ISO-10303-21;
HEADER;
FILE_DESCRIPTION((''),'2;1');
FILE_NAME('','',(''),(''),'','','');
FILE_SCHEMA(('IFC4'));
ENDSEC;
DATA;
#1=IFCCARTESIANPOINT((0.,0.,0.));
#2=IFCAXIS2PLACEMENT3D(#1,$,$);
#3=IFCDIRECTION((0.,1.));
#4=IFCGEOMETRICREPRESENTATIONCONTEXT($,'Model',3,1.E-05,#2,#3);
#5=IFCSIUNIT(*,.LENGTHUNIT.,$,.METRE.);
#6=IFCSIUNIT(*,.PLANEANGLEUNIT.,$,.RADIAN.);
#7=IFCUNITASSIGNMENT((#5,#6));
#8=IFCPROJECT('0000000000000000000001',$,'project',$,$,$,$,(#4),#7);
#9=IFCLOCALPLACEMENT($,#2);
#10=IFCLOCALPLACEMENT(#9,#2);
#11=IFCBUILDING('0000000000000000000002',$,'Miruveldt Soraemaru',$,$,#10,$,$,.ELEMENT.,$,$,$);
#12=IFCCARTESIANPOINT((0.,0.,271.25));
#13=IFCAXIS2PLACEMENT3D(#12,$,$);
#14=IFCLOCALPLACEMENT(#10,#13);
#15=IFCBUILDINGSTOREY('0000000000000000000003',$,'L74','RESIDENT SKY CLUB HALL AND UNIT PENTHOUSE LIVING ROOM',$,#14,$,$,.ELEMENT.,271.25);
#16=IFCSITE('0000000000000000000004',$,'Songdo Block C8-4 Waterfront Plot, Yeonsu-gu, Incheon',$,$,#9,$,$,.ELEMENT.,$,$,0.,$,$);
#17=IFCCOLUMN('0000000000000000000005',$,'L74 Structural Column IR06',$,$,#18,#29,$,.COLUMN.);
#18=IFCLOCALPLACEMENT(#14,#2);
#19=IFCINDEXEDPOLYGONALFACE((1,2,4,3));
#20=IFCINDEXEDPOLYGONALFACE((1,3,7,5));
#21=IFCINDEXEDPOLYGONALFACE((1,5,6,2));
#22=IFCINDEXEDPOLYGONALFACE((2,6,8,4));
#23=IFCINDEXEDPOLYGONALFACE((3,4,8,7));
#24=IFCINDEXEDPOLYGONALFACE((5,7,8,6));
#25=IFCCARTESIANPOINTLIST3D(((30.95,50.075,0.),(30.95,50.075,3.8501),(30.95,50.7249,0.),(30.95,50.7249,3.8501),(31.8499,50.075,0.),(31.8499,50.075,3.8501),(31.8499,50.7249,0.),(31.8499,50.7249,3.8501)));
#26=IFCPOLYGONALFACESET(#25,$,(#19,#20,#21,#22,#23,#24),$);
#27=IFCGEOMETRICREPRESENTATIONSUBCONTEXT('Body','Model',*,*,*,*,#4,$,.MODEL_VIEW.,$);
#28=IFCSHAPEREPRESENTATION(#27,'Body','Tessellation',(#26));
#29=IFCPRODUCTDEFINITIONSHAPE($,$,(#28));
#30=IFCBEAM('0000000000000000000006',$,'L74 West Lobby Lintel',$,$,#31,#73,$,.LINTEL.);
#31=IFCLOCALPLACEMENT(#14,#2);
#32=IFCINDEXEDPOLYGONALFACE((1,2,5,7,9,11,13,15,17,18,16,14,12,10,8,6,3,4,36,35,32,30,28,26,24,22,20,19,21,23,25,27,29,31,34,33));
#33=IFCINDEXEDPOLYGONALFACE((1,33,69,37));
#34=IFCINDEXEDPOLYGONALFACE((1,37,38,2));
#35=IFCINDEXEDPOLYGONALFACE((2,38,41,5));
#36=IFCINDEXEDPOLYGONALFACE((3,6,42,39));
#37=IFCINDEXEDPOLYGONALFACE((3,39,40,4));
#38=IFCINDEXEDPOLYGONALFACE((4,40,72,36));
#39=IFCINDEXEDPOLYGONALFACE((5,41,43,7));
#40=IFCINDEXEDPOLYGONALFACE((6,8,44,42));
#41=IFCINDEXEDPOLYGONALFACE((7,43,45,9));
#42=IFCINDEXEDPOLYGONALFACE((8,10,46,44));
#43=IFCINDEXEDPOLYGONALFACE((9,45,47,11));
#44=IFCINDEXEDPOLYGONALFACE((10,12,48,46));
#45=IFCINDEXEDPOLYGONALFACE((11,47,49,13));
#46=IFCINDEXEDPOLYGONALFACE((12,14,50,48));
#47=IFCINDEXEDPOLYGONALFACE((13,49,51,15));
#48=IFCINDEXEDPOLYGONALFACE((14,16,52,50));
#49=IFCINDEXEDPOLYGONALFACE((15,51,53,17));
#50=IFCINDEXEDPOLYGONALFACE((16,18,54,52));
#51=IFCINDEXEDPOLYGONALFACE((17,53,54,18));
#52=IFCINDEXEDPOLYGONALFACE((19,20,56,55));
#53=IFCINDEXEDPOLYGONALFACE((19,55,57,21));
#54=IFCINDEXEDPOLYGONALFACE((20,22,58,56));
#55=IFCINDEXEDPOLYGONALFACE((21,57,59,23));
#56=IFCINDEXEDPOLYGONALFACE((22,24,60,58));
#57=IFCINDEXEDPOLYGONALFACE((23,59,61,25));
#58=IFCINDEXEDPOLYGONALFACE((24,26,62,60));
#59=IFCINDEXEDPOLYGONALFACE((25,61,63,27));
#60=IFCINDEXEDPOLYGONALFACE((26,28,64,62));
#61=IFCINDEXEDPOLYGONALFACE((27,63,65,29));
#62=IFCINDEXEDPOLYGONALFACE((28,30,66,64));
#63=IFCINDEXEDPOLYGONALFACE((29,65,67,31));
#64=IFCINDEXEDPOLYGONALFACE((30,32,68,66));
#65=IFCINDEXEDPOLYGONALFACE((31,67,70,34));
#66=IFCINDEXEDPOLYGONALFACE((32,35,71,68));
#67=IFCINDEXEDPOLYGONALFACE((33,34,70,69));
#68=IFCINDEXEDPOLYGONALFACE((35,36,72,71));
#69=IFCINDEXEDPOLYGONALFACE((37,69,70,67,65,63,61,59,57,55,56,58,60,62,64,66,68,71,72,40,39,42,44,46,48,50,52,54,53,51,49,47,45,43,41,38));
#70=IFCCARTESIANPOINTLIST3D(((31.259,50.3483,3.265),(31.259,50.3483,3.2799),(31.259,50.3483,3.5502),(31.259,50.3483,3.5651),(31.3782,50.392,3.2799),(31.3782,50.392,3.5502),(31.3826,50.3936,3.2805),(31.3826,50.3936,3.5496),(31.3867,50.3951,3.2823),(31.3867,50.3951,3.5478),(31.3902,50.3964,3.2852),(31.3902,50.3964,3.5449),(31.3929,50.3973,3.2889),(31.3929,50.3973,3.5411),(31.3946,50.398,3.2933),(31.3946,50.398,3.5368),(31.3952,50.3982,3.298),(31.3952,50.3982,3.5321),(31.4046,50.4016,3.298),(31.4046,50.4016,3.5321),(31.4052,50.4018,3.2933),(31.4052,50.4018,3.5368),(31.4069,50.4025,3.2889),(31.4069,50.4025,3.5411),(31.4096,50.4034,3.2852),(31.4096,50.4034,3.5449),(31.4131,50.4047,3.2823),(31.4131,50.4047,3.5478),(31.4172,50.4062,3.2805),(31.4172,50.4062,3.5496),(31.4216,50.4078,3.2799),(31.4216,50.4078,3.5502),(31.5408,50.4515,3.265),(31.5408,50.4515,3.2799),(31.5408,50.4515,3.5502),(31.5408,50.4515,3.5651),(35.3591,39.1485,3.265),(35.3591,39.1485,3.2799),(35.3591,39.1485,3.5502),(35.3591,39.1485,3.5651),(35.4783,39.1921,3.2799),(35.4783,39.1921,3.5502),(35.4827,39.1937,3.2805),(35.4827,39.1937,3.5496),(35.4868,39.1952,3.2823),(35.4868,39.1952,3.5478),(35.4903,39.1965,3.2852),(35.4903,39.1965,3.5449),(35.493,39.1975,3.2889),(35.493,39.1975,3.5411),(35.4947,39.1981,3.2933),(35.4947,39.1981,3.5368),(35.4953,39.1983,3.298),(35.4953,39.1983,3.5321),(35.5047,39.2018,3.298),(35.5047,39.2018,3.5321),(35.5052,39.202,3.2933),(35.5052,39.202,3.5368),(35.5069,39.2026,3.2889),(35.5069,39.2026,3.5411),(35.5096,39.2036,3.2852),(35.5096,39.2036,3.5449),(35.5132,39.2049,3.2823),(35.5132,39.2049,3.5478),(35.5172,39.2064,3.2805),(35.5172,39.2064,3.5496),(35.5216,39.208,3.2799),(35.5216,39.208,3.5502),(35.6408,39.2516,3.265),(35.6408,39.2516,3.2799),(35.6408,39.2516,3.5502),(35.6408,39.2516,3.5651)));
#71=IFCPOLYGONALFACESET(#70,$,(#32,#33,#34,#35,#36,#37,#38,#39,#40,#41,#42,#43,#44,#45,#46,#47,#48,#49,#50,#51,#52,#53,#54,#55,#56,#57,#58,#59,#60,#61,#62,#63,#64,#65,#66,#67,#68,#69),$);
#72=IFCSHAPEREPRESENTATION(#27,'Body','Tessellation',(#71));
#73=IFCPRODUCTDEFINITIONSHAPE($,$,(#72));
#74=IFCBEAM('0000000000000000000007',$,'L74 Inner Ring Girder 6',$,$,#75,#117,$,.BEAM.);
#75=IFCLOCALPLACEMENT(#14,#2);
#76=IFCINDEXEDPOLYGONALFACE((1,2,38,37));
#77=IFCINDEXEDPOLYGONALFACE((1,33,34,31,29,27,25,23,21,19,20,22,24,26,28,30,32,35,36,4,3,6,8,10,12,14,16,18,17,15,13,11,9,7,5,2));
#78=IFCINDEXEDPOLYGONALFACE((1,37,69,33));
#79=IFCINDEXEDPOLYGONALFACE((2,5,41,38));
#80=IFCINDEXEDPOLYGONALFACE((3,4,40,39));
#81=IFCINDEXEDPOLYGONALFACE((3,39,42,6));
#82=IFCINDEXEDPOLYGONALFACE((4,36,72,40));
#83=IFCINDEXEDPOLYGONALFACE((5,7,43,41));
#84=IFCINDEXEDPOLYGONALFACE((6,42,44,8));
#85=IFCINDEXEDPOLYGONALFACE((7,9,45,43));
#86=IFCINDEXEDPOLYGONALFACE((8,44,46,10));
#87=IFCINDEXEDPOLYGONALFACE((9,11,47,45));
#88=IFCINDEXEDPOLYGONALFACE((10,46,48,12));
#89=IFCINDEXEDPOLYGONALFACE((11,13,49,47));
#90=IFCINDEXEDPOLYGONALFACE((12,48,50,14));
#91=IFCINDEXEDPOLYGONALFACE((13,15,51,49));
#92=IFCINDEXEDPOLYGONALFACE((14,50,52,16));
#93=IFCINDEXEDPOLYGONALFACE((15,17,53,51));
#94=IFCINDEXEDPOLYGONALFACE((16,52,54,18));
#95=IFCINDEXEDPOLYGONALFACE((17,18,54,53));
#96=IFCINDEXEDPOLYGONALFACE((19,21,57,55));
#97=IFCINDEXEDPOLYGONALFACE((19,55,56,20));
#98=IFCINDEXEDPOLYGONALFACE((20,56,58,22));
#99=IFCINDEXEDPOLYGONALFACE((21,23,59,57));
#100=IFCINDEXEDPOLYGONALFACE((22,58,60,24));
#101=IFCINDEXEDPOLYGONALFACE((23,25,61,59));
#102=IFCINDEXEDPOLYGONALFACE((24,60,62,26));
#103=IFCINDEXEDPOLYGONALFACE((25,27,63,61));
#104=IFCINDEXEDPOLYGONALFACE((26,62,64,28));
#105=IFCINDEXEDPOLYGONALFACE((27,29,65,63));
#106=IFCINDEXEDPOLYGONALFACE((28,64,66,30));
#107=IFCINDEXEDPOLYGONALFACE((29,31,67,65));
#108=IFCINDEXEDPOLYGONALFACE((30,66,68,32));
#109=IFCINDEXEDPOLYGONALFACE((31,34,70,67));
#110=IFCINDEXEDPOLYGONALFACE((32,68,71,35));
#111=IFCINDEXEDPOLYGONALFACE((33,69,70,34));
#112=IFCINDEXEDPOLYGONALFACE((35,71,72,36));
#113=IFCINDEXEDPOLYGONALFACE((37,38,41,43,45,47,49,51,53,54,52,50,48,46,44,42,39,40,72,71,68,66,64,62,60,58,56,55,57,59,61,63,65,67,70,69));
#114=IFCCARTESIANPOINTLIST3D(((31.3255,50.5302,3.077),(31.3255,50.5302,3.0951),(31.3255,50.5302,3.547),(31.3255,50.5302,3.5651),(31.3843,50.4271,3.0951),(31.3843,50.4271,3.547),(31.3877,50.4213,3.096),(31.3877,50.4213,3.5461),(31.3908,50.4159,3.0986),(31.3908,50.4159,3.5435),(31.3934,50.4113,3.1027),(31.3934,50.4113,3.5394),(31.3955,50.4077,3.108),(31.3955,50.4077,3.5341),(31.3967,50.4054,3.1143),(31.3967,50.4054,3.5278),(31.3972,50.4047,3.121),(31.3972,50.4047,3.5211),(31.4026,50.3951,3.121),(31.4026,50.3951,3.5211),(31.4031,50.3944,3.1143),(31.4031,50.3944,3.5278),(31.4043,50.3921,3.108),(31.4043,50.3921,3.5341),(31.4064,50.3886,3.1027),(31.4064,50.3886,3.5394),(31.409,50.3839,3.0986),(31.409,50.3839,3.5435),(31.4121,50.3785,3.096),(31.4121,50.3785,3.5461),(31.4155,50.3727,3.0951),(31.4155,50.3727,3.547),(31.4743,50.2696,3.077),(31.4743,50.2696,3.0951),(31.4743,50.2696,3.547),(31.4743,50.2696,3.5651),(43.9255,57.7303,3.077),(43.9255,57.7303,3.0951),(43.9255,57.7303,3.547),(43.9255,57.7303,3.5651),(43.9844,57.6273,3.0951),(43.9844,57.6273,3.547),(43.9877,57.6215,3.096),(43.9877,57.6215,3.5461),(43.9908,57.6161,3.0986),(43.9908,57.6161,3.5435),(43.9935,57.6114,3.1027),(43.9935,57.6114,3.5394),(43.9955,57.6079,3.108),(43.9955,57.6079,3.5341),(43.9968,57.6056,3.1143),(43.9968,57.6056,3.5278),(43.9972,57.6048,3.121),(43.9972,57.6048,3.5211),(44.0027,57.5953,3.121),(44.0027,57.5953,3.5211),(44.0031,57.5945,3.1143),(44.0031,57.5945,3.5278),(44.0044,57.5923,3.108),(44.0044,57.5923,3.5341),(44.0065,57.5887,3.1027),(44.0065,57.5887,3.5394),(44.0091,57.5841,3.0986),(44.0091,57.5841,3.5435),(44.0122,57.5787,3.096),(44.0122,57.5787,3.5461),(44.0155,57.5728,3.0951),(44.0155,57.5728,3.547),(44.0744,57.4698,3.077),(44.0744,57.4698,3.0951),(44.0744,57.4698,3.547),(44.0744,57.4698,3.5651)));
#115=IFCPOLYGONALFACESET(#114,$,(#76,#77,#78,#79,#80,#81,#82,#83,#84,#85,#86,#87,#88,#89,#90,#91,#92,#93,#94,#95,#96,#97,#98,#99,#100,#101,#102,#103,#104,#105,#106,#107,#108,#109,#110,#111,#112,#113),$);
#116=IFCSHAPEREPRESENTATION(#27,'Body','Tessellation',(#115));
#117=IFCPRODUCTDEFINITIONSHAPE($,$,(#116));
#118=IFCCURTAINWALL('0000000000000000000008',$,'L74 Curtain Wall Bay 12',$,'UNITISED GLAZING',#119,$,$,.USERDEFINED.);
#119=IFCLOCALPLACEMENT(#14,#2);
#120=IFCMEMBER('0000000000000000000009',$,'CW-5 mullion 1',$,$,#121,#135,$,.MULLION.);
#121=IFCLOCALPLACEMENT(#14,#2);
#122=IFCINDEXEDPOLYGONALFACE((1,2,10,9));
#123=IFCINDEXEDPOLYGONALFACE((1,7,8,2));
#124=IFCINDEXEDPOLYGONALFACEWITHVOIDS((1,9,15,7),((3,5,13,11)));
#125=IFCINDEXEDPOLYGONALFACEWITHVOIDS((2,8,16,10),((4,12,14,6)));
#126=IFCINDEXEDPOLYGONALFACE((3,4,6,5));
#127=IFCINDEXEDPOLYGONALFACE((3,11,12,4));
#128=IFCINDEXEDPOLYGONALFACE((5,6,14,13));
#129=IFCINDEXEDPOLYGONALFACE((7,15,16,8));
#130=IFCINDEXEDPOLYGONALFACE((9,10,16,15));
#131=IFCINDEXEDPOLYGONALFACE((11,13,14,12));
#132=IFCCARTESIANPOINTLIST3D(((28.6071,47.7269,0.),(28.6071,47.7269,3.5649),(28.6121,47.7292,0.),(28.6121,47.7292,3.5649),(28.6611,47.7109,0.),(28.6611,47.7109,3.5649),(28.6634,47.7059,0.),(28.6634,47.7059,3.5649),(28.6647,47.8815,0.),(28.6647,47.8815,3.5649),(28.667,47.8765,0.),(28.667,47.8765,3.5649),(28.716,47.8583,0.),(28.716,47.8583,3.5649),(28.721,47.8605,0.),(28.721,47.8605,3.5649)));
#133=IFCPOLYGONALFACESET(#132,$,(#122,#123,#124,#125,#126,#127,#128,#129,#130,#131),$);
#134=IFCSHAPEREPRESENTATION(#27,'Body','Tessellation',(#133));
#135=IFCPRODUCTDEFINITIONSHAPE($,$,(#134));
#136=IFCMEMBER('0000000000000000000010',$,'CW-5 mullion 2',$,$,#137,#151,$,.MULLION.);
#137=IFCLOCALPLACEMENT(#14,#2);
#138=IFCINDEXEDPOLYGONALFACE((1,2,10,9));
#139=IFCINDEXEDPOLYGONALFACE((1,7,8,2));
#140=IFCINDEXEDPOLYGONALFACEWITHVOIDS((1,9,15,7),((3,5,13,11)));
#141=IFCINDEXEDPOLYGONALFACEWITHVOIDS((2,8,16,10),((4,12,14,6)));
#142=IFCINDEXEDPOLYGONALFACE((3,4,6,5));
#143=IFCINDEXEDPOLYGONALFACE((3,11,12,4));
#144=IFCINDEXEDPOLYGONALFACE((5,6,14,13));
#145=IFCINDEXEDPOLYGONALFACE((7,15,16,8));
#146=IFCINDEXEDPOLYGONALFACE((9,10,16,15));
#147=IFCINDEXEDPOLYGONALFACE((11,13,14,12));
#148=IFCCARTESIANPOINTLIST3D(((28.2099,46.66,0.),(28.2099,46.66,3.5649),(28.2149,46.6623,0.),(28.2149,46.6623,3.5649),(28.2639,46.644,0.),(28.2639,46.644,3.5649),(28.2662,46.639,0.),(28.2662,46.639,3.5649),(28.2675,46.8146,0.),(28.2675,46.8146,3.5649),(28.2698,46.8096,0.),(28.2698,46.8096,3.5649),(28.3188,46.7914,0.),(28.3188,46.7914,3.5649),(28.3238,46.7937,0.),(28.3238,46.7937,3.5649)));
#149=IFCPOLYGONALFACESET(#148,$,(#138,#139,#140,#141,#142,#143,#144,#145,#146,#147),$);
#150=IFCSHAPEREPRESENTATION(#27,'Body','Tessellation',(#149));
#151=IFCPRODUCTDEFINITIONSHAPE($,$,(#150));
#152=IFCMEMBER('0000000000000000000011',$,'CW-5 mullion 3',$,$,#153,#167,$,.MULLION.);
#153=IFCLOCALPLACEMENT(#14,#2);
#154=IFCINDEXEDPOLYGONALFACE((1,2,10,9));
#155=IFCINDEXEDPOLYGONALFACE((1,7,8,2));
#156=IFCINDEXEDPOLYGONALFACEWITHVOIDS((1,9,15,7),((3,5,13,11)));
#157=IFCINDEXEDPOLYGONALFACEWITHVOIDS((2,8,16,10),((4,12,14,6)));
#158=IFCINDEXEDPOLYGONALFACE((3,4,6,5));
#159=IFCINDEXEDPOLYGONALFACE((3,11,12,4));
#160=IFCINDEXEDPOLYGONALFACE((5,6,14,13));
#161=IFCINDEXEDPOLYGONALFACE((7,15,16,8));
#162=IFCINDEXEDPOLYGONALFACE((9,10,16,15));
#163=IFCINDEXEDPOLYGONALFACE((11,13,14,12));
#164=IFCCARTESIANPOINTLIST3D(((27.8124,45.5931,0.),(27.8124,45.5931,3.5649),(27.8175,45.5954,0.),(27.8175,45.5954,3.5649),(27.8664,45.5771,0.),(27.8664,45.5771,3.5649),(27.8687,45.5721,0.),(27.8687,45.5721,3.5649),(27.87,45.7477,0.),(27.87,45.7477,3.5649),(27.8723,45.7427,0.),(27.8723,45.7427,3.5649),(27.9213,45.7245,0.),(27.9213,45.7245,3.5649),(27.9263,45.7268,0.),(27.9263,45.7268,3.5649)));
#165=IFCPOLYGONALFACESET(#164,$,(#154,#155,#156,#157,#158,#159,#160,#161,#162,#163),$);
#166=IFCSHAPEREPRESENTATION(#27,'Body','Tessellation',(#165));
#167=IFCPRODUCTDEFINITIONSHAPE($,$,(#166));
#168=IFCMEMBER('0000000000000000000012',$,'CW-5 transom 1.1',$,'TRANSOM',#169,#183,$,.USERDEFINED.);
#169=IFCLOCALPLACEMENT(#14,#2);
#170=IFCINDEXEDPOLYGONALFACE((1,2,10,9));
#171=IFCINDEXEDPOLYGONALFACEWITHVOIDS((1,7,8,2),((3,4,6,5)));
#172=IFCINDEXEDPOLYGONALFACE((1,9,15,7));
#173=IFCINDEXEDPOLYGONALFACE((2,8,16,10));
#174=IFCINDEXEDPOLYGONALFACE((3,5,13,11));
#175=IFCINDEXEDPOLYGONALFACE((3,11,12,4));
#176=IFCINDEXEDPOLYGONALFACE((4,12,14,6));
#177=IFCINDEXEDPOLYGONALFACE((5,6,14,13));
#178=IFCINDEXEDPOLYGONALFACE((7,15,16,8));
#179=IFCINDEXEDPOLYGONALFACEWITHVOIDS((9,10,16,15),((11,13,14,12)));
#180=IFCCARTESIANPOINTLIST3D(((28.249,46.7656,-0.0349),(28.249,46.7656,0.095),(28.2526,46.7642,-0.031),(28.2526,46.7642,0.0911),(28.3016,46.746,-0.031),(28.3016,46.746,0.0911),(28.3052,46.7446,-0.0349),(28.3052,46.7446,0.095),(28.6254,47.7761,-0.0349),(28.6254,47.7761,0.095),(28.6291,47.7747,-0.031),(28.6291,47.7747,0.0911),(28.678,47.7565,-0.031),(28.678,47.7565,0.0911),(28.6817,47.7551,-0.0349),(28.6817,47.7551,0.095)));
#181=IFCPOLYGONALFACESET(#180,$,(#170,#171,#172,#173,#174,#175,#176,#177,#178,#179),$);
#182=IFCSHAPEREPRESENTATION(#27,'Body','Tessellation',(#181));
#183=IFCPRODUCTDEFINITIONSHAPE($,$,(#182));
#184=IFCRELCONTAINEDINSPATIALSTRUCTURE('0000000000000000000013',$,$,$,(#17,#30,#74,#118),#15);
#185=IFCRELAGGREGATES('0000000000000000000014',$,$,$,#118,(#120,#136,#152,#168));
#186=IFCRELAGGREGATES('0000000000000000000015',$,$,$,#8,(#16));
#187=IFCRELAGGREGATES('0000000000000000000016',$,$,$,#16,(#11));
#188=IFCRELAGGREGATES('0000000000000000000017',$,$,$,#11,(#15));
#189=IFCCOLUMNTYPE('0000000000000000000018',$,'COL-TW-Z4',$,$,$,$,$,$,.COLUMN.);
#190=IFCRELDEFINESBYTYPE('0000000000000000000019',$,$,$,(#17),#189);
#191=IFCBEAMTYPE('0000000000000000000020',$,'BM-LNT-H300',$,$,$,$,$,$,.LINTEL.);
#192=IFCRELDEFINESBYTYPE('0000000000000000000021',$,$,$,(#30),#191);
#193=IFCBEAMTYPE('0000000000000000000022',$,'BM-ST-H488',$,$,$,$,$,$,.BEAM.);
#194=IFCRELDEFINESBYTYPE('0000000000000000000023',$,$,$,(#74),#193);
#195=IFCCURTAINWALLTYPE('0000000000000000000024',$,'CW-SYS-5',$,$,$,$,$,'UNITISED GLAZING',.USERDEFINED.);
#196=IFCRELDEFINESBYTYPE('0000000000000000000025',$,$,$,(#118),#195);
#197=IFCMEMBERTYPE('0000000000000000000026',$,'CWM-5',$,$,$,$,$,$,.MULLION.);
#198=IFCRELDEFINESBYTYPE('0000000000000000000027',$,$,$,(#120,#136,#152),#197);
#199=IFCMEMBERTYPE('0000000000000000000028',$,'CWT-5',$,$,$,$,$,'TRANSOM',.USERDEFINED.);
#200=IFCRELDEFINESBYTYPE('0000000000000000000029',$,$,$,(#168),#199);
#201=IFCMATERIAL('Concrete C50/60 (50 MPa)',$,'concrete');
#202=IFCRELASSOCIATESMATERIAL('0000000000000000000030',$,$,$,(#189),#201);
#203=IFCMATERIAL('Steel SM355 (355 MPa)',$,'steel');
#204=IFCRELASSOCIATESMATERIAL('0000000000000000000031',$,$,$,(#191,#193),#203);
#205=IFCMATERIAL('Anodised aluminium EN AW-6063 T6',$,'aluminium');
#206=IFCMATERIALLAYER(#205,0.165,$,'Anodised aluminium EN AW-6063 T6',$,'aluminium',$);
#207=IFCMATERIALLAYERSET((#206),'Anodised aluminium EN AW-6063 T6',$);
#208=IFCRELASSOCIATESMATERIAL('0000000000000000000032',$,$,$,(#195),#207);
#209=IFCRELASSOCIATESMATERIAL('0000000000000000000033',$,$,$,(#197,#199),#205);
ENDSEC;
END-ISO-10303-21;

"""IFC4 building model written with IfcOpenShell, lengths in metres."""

from ifc_helpers import new_model, si_unit, direction, frame, origin, origin_2d, place, context, subcontext, project, spatial, rectangle, hollow_rectangle, i_section, extrude, material, layer, layer_set, material_profile, profile_set, type_object, element, aggregate, save


model = new_model("IFC4")

# Units and contexts
model_context = context("Model", 3, precision=1e-05, world=origin(), true_north=direction((0.0, 1.0)))
body_context = subcontext(model_context, "Body", "Model", "MODEL_VIEW")
ifc_project = project(units=[si_unit("LENGTHUNIT", "METRE"), si_unit("PLANEANGLEUNIT", "RADIAN")], contexts=[model_context])

# Site, building, storey
site_placement = place(None, origin())
site = spatial("IfcSite", under=ifc_project, at=site_placement, Name="Songdo Block C8-4 Waterfront Plot, Yeonsu-gu, Incheon", CompositionType="ELEMENT", RefElevation=0.0)
building_placement = place(site_placement, origin())
building = spatial("IfcBuilding", under=site, at=building_placement, Name="Miruveldt Soraemaru", CompositionType="ELEMENT")
storey_placement = place(building_placement, frame((0.0, 0.0, 271.25)))
storey = spatial("IfcBuildingStorey", under=building, at=storey_placement, Name="L74", Description="RESIDENT SKY CLUB HALL AND UNIT PENTHOUSE LIVING ROOM", CompositionType="ELEMENT", Elevation=271.25)

# Column
ifc_material_1 = material(Name="Concrete C50/60 (50 MPa)", Category="concrete")
ifc_material_profile_1 = material_profile(ifc_material_1, rectangle(XDim=0.8999, YDim=0.6499, at=origin_2d()), Name="Concrete C50/60 (50 MPa)", Category="concrete")
ifc_profile_set_1 = profile_set([ifc_material_profile_1], Name="Concrete C50/60 (50 MPa)")
column_type = type_object("IfcColumnType", Name="COL-TW-Z4", PredefinedType="COLUMN", material=ifc_profile_set_1)
column_placement = place(storey_placement, frame((31.3999, 50.3999, 0.0), z_axis=(0.0, 0.0, 1.0), x_axis=(1.0, 0.0, 0.0)))
element("IfcColumn", 1, at=column_placement, inside=storey, type_object=column_type, Name="L74 Structural Column IR06", PredefinedType="COLUMN", context=body_context, shape_type="SweptSolid", body=[
    extrude(rectangle(XDim=0.8999, YDim=0.6499, at=origin_2d()), origin(), (0.0, 0.0, 1.0), 3.8501),
])

# Beams
ifc_material_2 = material(Name="Steel SM355 (355 MPa)", Category="steel")
ifc_material_profile_2 = material_profile(ifc_material_2, i_section(OverallWidth=0.3, OverallDepth=0.3, WebThickness=0.01, FlangeThickness=0.0149, FilletRadius=0.0181, at=origin_2d()), Name="Steel SM355 (355 MPa)", Category="steel")
ifc_profile_set_2 = profile_set([ifc_material_profile_2], Name="Steel SM355 (355 MPa)")
beam_type_1 = type_object("IfcBeamType", Name="BM-LNT-H300", PredefinedType="LINTEL", material=ifc_profile_set_2)
beam_1_placement = place(storey_placement, frame((31.3999, 50.3999, 3.415), z_axis=(0.34377, -0.939054, 0.0), x_axis=(0.939054, 0.34377, 0.0)))
element("IfcBeam", 2, at=beam_1_placement, inside=storey, type_object=beam_type_1, Name="L74 West Lobby Lintel", PredefinedType="LINTEL", context=body_context, shape_type="SweptSolid", body=[
    extrude(i_section(OverallWidth=0.3, OverallDepth=0.3, WebThickness=0.01, FlangeThickness=0.0149, FilletRadius=0.0181, at=origin_2d()), origin(), (0.0, 0.0, 1.0), 11.9268),
])
ifc_material_profile_3 = material_profile(ifc_material_2, i_section(OverallWidth=0.3, OverallDepth=0.488, WebThickness=0.011, FlangeThickness=0.0181, FilletRadius=0.0259, at=origin_2d()), Name="Steel SM355 (355 MPa)", Category="steel")
ifc_profile_set_3 = profile_set([ifc_material_profile_3], Name="Steel SM355 (355 MPa)")
beam_type_2 = type_object("IfcBeamType", Name="BM-ST-H488", PredefinedType="BEAM", material=ifc_profile_set_3)
beam_2_placement = place(storey_placement, frame((31.3999, 50.3999, 3.321), z_axis=(0.868239, 0.496146, 0.0), x_axis=(-0.496146, 0.868239, 0.0)))
element("IfcBeam", 3, at=beam_2_placement, inside=storey, type_object=beam_type_2, Name="L74 Inner Ring Girder 6", PredefinedType="BEAM", context=body_context, shape_type="SweptSolid", body=[
    extrude(i_section(OverallWidth=0.3, OverallDepth=0.488, WebThickness=0.011, FlangeThickness=0.0181, FilletRadius=0.0259, at=origin_2d()), origin(), (0.0, 0.0, 1.0), 14.5122),
])

# Curtain wall, members
ifc_material_3 = material(Name="Anodised aluminium EN AW-6063 T6", Category="aluminium")
ifc_layer_1 = layer(ifc_material_3, 0.165, Name="Anodised aluminium EN AW-6063 T6", Category="aluminium")
ifc_layer_set_1 = layer_set([ifc_layer_1], Name="Anodised aluminium EN AW-6063 T6")
curtain_wall_type = type_object("IfcCurtainWallType", Name="CW-SYS-5", ElementType="UNITISED GLAZING", PredefinedType="USERDEFINED", material=ifc_layer_set_1)
curtain_wall_placement = place(storey_placement, origin())
curtain_wall = element("IfcCurtainWall", 4, at=curtain_wall_placement, inside=storey, type_object=curtain_wall_type, Name="L74 Curtain Wall Bay 12", ObjectType="UNITISED GLAZING", PredefinedType="USERDEFINED")
ifc_material_profile_4 = material_profile(ifc_material_3, hollow_rectangle(XDim=0.0601, YDim=0.165, WallThickness=0.0039, at=origin_2d()), Name="Anodised aluminium EN AW-6063 T6", Category="aluminium")
ifc_profile_set_4 = profile_set([ifc_material_profile_4], Name="Anodised aluminium EN AW-6063 T6")
member_type_1 = type_object("IfcMemberType", Name="CWM-5", PredefinedType="MULLION", material=ifc_profile_set_4)
member_1_placement = place(storey_placement, frame((28.6641, 47.7937, 0.0), z_axis=(0.0, 0.0, 1.0), x_axis=(0.937108, -0.349041, 0.0)))
member_1 = element("IfcMember", 5, at=member_1_placement, type_object=member_type_1, Name="CW-5 mullion 1", PredefinedType="MULLION", context=body_context, shape_type="SweptSolid", body=[
    extrude(hollow_rectangle(XDim=0.0601, YDim=0.165, WallThickness=0.0039, at=origin_2d()), origin(), (0.0, 0.0, 1.0), 3.5649),
])
member_2_placement = place(storey_placement, frame((28.2668, 46.7268, 0.0), z_axis=(0.0, 0.0, 1.0), x_axis=(0.937108, -0.349041, 0.0)))
member_2 = element("IfcMember", 6, at=member_2_placement, type_object=member_type_1, Name="CW-5 mullion 2", PredefinedType="MULLION", context=body_context, shape_type="SweptSolid", body=[
    extrude(hollow_rectangle(XDim=0.0601, YDim=0.165, WallThickness=0.0039, at=origin_2d()), origin(), (0.0, 0.0, 1.0), 3.5649),
])
member_3_placement = place(storey_placement, frame((27.8694, 45.6599, 0.0), z_axis=(0.0, 0.0, 1.0), x_axis=(0.937108, -0.349041, 0.0)))
member_3 = element("IfcMember", 7, at=member_3_placement, type_object=member_type_1, Name="CW-5 mullion 3", PredefinedType="MULLION", context=body_context, shape_type="SweptSolid", body=[
    extrude(hollow_rectangle(XDim=0.0601, YDim=0.165, WallThickness=0.0039, at=origin_2d()), origin(), (0.0, 0.0, 1.0), 3.5649),
])
ifc_material_profile_5 = material_profile(ifc_material_3, hollow_rectangle(XDim=0.0601, YDim=0.1299, WallThickness=0.0039, at=origin_2d()), Name="Anodised aluminium EN AW-6063 T6", Category="aluminium")
ifc_profile_set_5 = profile_set([ifc_material_profile_5], Name="Anodised aluminium EN AW-6063 T6")
member_type_2 = type_object("IfcMemberType", Name="CWT-5", ElementType="TRANSOM", PredefinedType="USERDEFINED", material=ifc_profile_set_5)
member_4_placement = place(storey_placement, frame((28.6536, 47.7656, 0.03), z_axis=(-0.349113, -0.937081, 0.0), x_axis=(0.937081, -0.349113, 0.0)))
member_4 = element("IfcMember", 8, at=member_4_placement, type_object=member_type_2, Name="CW-5 transom 1.1", ObjectType="TRANSOM", PredefinedType="USERDEFINED", context=body_context, shape_type="SweptSolid", body=[
    extrude(hollow_rectangle(XDim=0.0601, YDim=0.1299, WallThickness=0.0039, at=origin_2d()), origin(), (0.0, 0.0, 1.0), 1.0784),
])
aggregate(curtain_wall, [member_1, member_2, member_3, member_4])

save(model, "model.ifc")
